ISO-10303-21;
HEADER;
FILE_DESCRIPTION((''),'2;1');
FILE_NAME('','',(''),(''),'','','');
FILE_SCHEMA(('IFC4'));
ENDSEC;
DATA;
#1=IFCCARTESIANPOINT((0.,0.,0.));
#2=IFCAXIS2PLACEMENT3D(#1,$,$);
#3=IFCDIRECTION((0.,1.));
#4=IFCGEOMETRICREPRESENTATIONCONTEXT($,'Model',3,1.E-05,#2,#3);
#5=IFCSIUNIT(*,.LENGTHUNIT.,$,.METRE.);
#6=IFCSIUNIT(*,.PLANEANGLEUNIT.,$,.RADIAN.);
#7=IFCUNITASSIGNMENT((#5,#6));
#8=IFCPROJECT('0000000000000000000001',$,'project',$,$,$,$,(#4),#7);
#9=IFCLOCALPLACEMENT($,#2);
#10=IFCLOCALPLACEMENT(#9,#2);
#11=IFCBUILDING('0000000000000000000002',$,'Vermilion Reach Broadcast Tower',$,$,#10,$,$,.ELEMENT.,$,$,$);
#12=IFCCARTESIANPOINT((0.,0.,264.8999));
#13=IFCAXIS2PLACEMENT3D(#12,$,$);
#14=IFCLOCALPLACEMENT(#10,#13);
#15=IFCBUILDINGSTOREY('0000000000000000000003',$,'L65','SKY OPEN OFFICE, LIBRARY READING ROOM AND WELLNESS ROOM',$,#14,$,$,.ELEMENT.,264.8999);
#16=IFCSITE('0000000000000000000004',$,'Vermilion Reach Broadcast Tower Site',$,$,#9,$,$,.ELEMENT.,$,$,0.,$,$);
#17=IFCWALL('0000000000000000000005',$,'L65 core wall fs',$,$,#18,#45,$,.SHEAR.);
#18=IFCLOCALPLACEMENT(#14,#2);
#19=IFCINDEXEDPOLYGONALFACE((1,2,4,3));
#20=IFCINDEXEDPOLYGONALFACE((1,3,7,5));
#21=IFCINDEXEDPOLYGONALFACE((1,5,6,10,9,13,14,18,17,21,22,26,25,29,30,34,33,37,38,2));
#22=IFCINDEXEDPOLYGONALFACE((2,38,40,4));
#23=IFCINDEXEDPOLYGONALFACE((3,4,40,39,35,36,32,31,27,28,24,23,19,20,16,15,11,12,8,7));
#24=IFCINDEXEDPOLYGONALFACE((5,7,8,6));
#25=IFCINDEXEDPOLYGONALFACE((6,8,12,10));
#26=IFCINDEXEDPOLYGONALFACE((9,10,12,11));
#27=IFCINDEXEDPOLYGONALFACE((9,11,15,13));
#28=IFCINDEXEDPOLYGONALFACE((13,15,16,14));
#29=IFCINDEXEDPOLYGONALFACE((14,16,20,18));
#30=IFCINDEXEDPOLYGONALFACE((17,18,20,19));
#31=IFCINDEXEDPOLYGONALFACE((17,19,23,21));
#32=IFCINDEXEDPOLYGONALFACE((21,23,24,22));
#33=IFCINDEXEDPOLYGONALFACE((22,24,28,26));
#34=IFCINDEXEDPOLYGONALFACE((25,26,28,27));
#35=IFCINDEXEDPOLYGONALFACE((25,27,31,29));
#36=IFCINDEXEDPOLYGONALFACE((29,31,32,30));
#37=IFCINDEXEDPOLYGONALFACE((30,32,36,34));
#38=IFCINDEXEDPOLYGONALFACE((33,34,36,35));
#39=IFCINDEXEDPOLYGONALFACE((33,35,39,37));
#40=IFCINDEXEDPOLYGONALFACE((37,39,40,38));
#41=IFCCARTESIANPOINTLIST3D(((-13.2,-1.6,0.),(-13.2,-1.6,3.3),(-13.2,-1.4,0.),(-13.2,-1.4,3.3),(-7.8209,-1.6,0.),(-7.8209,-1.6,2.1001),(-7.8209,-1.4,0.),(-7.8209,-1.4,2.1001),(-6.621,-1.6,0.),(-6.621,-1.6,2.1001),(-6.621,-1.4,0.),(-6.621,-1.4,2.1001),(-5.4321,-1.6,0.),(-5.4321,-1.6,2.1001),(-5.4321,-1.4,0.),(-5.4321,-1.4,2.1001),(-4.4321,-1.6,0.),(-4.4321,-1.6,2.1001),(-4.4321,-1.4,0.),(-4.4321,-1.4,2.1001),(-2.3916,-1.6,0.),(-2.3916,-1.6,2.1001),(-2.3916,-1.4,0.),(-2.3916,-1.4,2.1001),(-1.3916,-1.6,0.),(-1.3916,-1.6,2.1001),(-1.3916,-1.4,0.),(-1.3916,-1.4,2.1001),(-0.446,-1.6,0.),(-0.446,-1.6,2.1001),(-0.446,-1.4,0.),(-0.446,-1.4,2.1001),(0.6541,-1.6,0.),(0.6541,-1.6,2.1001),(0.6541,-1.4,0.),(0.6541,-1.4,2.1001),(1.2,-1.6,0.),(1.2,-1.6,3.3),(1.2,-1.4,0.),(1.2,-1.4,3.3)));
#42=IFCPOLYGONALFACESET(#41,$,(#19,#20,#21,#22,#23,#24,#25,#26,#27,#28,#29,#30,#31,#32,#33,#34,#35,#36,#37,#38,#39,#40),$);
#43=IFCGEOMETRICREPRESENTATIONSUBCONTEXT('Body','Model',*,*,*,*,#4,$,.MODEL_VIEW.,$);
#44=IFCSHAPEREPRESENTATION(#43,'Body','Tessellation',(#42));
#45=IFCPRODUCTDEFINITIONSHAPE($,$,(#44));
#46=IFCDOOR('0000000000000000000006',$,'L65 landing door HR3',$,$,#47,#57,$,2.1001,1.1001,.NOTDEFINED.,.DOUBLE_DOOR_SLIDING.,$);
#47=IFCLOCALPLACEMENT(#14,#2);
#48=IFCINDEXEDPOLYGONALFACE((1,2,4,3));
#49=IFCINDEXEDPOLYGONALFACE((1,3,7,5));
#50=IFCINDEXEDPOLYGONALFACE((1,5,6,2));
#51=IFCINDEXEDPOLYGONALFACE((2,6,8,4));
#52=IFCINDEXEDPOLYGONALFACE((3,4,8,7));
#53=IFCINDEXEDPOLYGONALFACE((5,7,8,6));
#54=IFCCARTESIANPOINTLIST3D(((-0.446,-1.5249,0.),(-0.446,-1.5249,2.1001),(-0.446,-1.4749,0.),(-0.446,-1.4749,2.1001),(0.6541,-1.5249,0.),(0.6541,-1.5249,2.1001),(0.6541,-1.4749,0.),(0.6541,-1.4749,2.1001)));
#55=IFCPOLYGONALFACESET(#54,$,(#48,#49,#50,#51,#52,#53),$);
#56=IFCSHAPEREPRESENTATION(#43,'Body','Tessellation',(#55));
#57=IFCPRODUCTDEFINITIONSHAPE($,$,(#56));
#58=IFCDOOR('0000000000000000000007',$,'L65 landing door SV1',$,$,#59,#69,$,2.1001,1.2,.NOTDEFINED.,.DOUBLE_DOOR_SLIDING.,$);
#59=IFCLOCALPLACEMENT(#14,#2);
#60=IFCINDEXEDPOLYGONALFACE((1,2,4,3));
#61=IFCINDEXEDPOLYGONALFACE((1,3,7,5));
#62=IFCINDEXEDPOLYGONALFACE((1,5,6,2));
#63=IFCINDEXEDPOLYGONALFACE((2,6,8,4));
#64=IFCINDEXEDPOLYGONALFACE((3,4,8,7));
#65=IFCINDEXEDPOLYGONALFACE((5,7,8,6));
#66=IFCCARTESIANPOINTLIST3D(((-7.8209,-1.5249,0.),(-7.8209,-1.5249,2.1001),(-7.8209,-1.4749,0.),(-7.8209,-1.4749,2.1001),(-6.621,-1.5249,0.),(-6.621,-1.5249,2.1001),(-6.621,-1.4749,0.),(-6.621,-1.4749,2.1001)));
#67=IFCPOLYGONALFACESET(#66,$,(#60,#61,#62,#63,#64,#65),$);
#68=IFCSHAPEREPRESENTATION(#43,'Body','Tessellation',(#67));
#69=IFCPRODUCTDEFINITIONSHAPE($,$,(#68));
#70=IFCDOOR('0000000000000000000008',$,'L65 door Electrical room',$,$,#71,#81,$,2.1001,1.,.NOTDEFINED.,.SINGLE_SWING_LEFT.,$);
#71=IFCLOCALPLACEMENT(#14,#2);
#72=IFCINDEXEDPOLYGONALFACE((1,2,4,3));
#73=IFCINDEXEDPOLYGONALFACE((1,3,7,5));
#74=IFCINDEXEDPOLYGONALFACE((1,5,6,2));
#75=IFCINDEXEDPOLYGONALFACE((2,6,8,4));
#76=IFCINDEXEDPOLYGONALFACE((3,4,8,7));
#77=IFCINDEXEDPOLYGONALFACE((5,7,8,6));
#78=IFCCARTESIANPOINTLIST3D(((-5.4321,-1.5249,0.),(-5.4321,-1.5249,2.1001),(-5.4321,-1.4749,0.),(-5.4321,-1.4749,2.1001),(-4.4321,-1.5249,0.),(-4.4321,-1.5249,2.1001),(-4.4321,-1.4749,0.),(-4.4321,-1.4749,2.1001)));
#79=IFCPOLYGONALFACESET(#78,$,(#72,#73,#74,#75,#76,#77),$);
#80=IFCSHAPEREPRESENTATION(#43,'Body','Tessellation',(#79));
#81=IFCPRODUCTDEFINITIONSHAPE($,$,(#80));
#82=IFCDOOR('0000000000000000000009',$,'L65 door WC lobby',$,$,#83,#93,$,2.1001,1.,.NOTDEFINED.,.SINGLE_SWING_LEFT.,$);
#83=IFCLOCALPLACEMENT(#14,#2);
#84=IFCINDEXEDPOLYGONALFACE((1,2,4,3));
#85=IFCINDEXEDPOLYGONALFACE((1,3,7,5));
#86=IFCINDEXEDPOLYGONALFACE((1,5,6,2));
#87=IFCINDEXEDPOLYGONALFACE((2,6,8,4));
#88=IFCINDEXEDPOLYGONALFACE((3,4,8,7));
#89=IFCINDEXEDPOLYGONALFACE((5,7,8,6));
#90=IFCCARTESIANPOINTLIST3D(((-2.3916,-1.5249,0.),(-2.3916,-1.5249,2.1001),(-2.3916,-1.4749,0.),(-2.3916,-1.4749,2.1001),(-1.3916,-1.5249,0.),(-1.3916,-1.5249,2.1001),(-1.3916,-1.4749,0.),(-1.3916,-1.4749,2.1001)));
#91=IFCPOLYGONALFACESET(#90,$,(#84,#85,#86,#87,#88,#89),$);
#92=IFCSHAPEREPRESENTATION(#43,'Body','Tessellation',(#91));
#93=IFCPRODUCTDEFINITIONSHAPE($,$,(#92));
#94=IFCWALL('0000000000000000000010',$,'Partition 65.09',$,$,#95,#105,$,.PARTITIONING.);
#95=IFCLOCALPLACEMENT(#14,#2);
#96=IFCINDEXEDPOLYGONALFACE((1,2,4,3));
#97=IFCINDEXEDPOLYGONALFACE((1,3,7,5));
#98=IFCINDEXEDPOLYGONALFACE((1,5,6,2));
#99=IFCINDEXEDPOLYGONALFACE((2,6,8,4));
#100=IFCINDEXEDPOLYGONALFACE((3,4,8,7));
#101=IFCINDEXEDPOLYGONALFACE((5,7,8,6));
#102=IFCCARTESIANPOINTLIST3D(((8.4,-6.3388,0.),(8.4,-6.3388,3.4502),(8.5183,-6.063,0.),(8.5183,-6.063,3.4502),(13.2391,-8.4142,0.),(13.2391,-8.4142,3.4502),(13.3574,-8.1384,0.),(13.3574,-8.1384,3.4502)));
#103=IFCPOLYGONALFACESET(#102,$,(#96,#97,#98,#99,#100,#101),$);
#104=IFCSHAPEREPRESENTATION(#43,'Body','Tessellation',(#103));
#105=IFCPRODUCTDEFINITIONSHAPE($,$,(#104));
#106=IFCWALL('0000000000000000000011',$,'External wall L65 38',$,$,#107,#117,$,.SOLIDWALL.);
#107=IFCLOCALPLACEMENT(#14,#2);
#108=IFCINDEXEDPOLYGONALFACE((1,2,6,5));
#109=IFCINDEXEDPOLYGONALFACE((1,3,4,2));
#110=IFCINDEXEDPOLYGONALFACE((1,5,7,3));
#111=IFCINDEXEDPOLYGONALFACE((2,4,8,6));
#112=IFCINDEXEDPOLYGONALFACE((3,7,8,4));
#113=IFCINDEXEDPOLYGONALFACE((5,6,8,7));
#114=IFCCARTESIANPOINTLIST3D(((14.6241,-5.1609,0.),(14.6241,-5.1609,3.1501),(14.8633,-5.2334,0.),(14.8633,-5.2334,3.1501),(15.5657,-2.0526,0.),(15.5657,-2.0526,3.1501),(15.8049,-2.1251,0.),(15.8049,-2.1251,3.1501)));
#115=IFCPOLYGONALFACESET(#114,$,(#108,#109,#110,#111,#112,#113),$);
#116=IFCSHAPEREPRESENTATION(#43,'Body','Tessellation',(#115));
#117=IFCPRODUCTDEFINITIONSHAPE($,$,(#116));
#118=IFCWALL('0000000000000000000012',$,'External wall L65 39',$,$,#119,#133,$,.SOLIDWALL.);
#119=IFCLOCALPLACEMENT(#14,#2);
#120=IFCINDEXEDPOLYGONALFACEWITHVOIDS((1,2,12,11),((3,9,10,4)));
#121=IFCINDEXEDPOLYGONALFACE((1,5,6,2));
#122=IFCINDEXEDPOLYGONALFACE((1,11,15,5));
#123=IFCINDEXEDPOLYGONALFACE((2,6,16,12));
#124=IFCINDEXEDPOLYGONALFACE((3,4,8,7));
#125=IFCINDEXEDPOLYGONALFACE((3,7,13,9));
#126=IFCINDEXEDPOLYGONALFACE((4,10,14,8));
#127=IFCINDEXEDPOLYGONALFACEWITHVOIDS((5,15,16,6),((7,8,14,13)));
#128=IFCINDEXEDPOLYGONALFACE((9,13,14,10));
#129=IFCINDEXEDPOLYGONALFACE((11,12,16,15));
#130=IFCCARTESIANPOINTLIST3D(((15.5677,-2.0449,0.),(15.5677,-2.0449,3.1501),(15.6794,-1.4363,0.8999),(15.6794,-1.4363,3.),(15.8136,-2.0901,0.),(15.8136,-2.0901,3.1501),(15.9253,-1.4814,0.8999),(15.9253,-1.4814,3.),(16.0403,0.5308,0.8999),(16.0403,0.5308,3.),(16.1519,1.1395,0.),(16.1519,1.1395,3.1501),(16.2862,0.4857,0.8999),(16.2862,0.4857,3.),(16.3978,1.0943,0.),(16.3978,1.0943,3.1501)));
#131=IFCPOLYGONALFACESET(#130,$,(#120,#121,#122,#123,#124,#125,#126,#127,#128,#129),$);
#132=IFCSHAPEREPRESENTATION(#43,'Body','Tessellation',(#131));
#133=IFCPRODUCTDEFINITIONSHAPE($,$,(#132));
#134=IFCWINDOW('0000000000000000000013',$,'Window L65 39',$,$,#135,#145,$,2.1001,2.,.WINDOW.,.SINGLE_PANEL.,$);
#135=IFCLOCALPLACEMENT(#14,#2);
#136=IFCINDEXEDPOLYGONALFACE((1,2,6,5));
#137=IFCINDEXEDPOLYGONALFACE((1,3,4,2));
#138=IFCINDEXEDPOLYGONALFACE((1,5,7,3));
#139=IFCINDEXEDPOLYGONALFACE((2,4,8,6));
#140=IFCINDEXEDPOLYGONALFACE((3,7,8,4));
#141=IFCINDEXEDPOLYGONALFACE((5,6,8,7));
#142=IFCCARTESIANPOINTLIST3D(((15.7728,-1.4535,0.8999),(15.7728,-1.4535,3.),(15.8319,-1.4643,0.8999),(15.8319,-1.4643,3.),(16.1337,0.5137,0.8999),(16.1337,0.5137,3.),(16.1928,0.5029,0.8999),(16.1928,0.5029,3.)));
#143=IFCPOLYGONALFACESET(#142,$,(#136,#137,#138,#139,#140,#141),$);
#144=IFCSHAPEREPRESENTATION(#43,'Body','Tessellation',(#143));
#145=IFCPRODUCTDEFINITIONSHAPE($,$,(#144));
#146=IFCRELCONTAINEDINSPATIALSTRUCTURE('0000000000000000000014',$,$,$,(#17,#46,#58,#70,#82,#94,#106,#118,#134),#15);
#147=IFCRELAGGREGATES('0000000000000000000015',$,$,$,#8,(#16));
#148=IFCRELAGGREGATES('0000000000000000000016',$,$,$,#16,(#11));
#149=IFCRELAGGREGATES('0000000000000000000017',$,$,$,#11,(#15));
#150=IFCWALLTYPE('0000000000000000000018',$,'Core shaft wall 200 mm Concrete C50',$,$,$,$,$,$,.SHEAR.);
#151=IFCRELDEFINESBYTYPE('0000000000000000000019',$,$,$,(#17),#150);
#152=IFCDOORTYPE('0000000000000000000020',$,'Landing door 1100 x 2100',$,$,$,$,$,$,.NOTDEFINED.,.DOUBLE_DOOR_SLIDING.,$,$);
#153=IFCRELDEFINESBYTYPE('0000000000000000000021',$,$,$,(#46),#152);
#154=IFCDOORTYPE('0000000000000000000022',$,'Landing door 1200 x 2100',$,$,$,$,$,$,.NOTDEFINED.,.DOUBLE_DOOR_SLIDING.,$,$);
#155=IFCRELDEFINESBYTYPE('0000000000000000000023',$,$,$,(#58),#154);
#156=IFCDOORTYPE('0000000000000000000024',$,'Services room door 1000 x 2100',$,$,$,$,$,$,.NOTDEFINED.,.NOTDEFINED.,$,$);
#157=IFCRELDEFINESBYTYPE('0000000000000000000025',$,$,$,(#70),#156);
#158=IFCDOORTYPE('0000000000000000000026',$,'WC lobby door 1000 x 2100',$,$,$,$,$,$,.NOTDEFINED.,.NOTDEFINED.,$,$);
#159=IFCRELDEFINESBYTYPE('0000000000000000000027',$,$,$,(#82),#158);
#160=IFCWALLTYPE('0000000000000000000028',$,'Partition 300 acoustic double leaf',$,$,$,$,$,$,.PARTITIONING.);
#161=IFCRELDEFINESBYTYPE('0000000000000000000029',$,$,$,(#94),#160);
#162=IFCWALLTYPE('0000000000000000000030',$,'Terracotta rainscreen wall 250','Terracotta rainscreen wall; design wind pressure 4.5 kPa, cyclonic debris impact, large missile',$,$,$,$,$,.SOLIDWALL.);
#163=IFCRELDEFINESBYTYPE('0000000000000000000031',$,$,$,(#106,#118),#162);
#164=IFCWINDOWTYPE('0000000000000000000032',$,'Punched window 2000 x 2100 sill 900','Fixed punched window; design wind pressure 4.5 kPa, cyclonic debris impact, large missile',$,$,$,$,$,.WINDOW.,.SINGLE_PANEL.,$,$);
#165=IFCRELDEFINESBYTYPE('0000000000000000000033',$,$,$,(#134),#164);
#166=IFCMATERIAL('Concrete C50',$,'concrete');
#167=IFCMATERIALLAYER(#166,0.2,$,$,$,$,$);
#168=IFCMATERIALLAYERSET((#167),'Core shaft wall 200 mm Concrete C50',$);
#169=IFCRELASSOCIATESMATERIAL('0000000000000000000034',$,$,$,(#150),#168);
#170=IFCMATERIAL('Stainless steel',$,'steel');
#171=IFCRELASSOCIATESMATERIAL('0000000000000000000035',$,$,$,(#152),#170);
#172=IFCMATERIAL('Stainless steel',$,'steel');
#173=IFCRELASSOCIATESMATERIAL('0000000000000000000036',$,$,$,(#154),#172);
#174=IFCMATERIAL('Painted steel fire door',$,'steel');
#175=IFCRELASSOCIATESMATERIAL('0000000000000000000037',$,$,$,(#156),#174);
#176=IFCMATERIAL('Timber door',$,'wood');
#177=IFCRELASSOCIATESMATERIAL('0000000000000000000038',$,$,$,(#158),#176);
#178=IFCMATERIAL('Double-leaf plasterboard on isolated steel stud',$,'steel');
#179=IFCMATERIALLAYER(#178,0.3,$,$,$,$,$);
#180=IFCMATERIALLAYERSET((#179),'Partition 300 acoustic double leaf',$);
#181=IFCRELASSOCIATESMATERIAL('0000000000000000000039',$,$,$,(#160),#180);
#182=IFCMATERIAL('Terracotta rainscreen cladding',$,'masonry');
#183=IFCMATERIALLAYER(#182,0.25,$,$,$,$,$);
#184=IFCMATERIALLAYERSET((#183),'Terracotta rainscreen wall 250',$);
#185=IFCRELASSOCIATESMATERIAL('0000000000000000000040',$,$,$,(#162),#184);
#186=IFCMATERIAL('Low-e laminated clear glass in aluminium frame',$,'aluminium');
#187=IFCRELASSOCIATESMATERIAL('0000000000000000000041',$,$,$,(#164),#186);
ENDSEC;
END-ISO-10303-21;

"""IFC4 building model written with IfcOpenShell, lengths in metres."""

from ifc_helpers import new_model, si_unit, direction, frame, frame_2d, origin, place, context, subcontext, project, spatial, rectangle, extrude, material, layer, layer_set, type_object, element, fill, save


model = new_model("IFC4")

# Units and contexts
model_context = context("Model", 3, precision=1e-05, world=origin(), true_north=direction((0.0, 1.0)))
body_context = subcontext(model_context, "Body", "Model", "MODEL_VIEW")
ifc_project = project(units=[si_unit("LENGTHUNIT", "METRE"), si_unit("PLANEANGLEUNIT", "RADIAN")], contexts=[model_context])

# Site, building, storey
site_placement = place(None, origin())
site = spatial("IfcSite", under=ifc_project, at=site_placement, Name="Vermilion Reach Broadcast Tower Site", CompositionType="ELEMENT", RefElevation=0.0)
building_placement = place(site_placement, origin())
building = spatial("IfcBuilding", under=site, at=building_placement, Name="Vermilion Reach Broadcast Tower", CompositionType="ELEMENT")
storey_placement = place(building_placement, frame((0.0, 0.0, 264.8999)))
storey = spatial("IfcBuildingStorey", under=building, at=storey_placement, Name="L65", Description="SKY OPEN OFFICE, LIBRARY READING ROOM AND WELLNESS ROOM", CompositionType="ELEMENT", Elevation=264.8999)

# Wall, openings, doors
ifc_material_1 = material(Name="Concrete C50", Category="concrete")
ifc_layer_1 = layer(ifc_material_1, 0.2)
ifc_layer_set_1 = layer_set([ifc_layer_1], Name="Core shaft wall 200 mm Concrete C50")
wall_type_1 = type_object("IfcWallType", Name="Core shaft wall 200 mm Concrete C50", PredefinedType="SHEAR", material=ifc_layer_set_1)
wall_1_placement = place(storey_placement, frame((1.2, -1.5, 0.0), z_axis=(0.0, 0.0, 1.0), x_axis=(-1.0, 0.0, 0.0)))
wall_1 = element("IfcWall", 1, at=wall_1_placement, inside=storey, type_object=wall_type_1, Name="L65 core wall fs", PredefinedType="SHEAR", context=body_context, shape_type="SweptSolid", body=[
    extrude(rectangle(XDim=14.3999, YDim=0.2, at=frame_2d((7.2, 0.0))), origin(), (0.0, 0.0, 1.0), 3.3),
])
opening_1_placement = place(wall_1_placement, frame((7.8208, 0.0, 0.0)))
opening_1 = element("IfcOpeningElement", 2, at=opening_1_placement, cuts=wall_1, PredefinedType="OPENING", context=body_context, shape_type="SweptSolid", body=[
    extrude(rectangle(XDim=1.2, YDim=2.1001, at=frame_2d((0.6001, 1.05))), frame((0.0, 0.1099, 0.0), z_axis=(0.0, -1.0, 0.0), x_axis=(1.0, 0.0, 0.0)), (0.0, 0.0, 1.0), 0.22),
])
opening_2_placement = place(wall_1_placement, frame((0.5459, 0.0, 0.0)))
opening_2 = element("IfcOpeningElement", 3, at=opening_2_placement, cuts=wall_1, PredefinedType="OPENING", context=body_context, shape_type="SweptSolid", body=[
    extrude(rectangle(XDim=1.1001, YDim=2.1001, at=frame_2d((0.55, 1.05))), frame((0.0, 0.1099, 0.0), z_axis=(0.0, -1.0, 0.0), x_axis=(1.0, 0.0, 0.0)), (0.0, 0.0, 1.0), 0.22),
])
opening_3_placement = place(wall_1_placement, frame((5.6321, 0.0, 0.0)))
opening_3 = element("IfcOpeningElement", 4, at=opening_3_placement, cuts=wall_1, PredefinedType="OPENING", context=body_context, shape_type="SweptSolid", body=[
    extrude(rectangle(XDim=1.0, YDim=2.1001, at=frame_2d((0.5, 1.05))), frame((0.0, 0.1099, 0.0), z_axis=(0.0, -1.0, 0.0), x_axis=(1.0, 0.0, 0.0)), (0.0, 0.0, 1.0), 0.22),
])
opening_4_placement = place(wall_1_placement, frame((2.5916, 0.0, 0.0)))
opening_4 = element("IfcOpeningElement", 5, at=opening_4_placement, cuts=wall_1, PredefinedType="OPENING", context=body_context, shape_type="SweptSolid", body=[
    extrude(rectangle(XDim=1.0, YDim=2.1001, at=frame_2d((0.5, 1.05))), frame((0.0, 0.1099, 0.0), z_axis=(0.0, -1.0, 0.0), x_axis=(1.0, 0.0, 0.0)), (0.0, 0.0, 1.0), 0.22),
])
ifc_material_2 = material(Name="Stainless steel", Category="steel")
door_type_1 = type_object("IfcDoorType", Name="Landing door 1100 x 2100", OperationType="DOUBLE_DOOR_SLIDING", PredefinedType="NOTDEFINED", material=ifc_material_2)
door_1_placement = place(opening_2_placement, origin())
door_1 = element("IfcDoor", 6, at=door_1_placement, inside=storey, type_object=door_type_1, Name="L65 landing door HR3", OperationType="DOUBLE_DOOR_SLIDING", OverallHeight=2.1001, OverallWidth=1.1001, PredefinedType="NOTDEFINED", context=body_context, shape_type="SweptSolid", body=[
    extrude(rectangle(XDim=1.1001, YDim=2.1001, at=frame_2d((0.55, 1.05))), frame((0.0, 0.0249, 0.0), z_axis=(0.0, -1.0, 0.0), x_axis=(1.0, 0.0, 0.0)), (0.0, 0.0, 1.0), 0.05),
])
fill(opening_2, door_1)
ifc_material_3 = material(Name="Stainless steel", Category="steel")
door_type_2 = type_object("IfcDoorType", Name="Landing door 1200 x 2100", OperationType="DOUBLE_DOOR_SLIDING", PredefinedType="NOTDEFINED", material=ifc_material_3)
door_2_placement = place(opening_1_placement, origin())
door_2 = element("IfcDoor", 7, at=door_2_placement, inside=storey, type_object=door_type_2, Name="L65 landing door SV1", OperationType="DOUBLE_DOOR_SLIDING", OverallHeight=2.1001, OverallWidth=1.2, PredefinedType="NOTDEFINED", context=body_context, shape_type="SweptSolid", body=[
    extrude(rectangle(XDim=1.2, YDim=2.1001, at=frame_2d((0.6001, 1.05))), frame((0.0, 0.0249, 0.0), z_axis=(0.0, -1.0, 0.0), x_axis=(1.0, 0.0, 0.0)), (0.0, 0.0, 1.0), 0.05),
])
fill(opening_1, door_2)
ifc_material_4 = material(Name="Painted steel fire door", Category="steel")
door_type_3 = type_object("IfcDoorType", Name="Services room door 1000 x 2100", OperationType="NOTDEFINED", PredefinedType="NOTDEFINED", material=ifc_material_4)
door_3_placement = place(opening_3_placement, origin())
door_3 = element("IfcDoor", 8, at=door_3_placement, inside=storey, type_object=door_type_3, Name="L65 door Electrical room", OperationType="SINGLE_SWING_LEFT", OverallHeight=2.1001, OverallWidth=1.0, PredefinedType="NOTDEFINED", context=body_context, shape_type="SweptSolid", body=[
    extrude(rectangle(XDim=1.0, YDim=2.1001, at=frame_2d((0.5, 1.05))), frame((0.0, 0.0249, 0.0), z_axis=(0.0, -1.0, 0.0), x_axis=(1.0, 0.0, 0.0)), (0.0, 0.0, 1.0), 0.05),
])
fill(opening_3, door_3)
ifc_material_5 = material(Name="Timber door", Category="wood")
door_type_4 = type_object("IfcDoorType", Name="WC lobby door 1000 x 2100", OperationType="NOTDEFINED", PredefinedType="NOTDEFINED", material=ifc_material_5)
door_4_placement = place(opening_4_placement, origin())
door_4 = element("IfcDoor", 9, at=door_4_placement, inside=storey, type_object=door_type_4, Name="L65 door WC lobby", OperationType="SINGLE_SWING_LEFT", OverallHeight=2.1001, OverallWidth=1.0, PredefinedType="NOTDEFINED", context=body_context, shape_type="SweptSolid", body=[
    extrude(rectangle(XDim=1.0, YDim=2.1001, at=frame_2d((0.5, 1.05))), frame((0.0, 0.0249, 0.0), z_axis=(0.0, -1.0, 0.0), x_axis=(1.0, 0.0, 0.0)), (0.0, 0.0, 1.0), 0.05),
])
fill(opening_4, door_4)

# Walls
ifc_material_6 = material(Name="Double-leaf plasterboard on isolated steel stud", Category="steel")
ifc_layer_2 = layer(ifc_material_6, 0.3)
ifc_layer_set_2 = layer_set([ifc_layer_2], Name="Partition 300 acoustic double leaf")
wall_type_2 = type_object("IfcWallType", Name="Partition 300 acoustic double leaf", PredefinedType="PARTITIONING", material=ifc_layer_set_2)
wall_2_placement = place(storey_placement, frame((13.2983, -8.2764, 0.0), z_axis=(0.0, 0.0, 1.0), x_axis=(-0.919039, 0.394166, 0.0)))
element("IfcWall", 10, at=wall_2_placement, inside=storey, type_object=wall_type_2, Name="Partition 65.09", PredefinedType="PARTITIONING", context=body_context, shape_type="SweptSolid", body=[
    extrude(rectangle(XDim=5.2654, YDim=0.3, at=frame_2d((2.6328, 0.0))), origin(), (0.0, 0.0, 1.0), 3.4502),
])
ifc_material_7 = material(Name="Terracotta rainscreen cladding", Category="masonry")
ifc_layer_3 = layer(ifc_material_7, 0.25)
ifc_layer_set_3 = layer_set([ifc_layer_3], Name="Terracotta rainscreen wall 250")
wall_type_3 = type_object("IfcWallType", Name="Terracotta rainscreen wall 250", Description="Terracotta rainscreen wall; design wind pressure 4.5 kPa, cyclonic debris impact, large missile", PredefinedType="SOLIDWALL", material=ifc_layer_set_3)
wall_3_placement = place(storey_placement, frame((14.7437, -5.1973, 0.0), z_axis=(0.0, 0.0, 1.0), x_axis=(0.289926, 0.957049, 0.0)))
element("IfcWall", 11, at=wall_3_placement, inside=storey, type_object=wall_type_3, Name="External wall L65 38", PredefinedType="SOLIDWALL", context=body_context, shape_type="SweptSolid", body=[
    extrude(rectangle(XDim=3.2478, YDim=0.25, at=frame_2d((1.624, 0.0))), origin(), (0.0, 0.0, 1.0), 3.1501),
])

# Wall, opening, window
wall_4_placement = place(storey_placement, frame((15.6907, -2.0674, 0.0), z_axis=(0.0, 0.0, 1.0), x_axis=(0.180458, 0.983583, 0.0)))
wall_4 = element("IfcWall", 12, at=wall_4_placement, inside=storey, type_object=wall_type_3, Name="External wall L65 39", PredefinedType="SOLIDWALL", context=body_context, shape_type="SweptSolid", body=[
    extrude(rectangle(XDim=3.2375, YDim=0.25, at=frame_2d((1.6187, 0.0))), origin(), (0.0, 0.0, 1.0), 3.1501),
])
opening_5_placement = place(wall_4_placement, frame((0.6187, 0.0, 0.8999)))
opening_5 = element("IfcOpeningElement", 13, at=opening_5_placement, cuts=wall_4, PredefinedType="OPENING", context=body_context, shape_type="SweptSolid", body=[
    extrude(rectangle(XDim=2.0, YDim=2.1001, at=frame_2d((1.0, 1.05))), frame((0.0, 0.135, 0.0), z_axis=(0.0, -1.0, 0.0), x_axis=(1.0, 0.0, 0.0)), (0.0, 0.0, 1.0), 0.27),
])
ifc_material_8 = material(Name="Low-e laminated clear glass in aluminium frame", Category="aluminium")
window_type = type_object("IfcWindowType", Name="Punched window 2000 x 2100 sill 900", Description="Fixed punched window; design wind pressure 4.5 kPa, cyclonic debris impact, large missile", PartitioningType="SINGLE_PANEL", PredefinedType="WINDOW", material=ifc_material_8)
window_placement = place(opening_5_placement, origin())
window = element("IfcWindow", 14, at=window_placement, inside=storey, type_object=window_type, Name="Window L65 39", OverallHeight=2.1001, OverallWidth=2.0, PartitioningType="SINGLE_PANEL", PredefinedType="WINDOW", context=body_context, shape_type="SweptSolid", body=[
    extrude(rectangle(XDim=2.0, YDim=2.1001, at=frame_2d((1.0, 1.05))), frame((0.0, 0.03, 0.0), z_axis=(0.0, -1.0, 0.0), x_axis=(1.0, 0.0, 0.0)), (0.0, 0.0, 1.0), 0.0601),
])
fill(opening_5, window)

save(model, "model.ifc")
